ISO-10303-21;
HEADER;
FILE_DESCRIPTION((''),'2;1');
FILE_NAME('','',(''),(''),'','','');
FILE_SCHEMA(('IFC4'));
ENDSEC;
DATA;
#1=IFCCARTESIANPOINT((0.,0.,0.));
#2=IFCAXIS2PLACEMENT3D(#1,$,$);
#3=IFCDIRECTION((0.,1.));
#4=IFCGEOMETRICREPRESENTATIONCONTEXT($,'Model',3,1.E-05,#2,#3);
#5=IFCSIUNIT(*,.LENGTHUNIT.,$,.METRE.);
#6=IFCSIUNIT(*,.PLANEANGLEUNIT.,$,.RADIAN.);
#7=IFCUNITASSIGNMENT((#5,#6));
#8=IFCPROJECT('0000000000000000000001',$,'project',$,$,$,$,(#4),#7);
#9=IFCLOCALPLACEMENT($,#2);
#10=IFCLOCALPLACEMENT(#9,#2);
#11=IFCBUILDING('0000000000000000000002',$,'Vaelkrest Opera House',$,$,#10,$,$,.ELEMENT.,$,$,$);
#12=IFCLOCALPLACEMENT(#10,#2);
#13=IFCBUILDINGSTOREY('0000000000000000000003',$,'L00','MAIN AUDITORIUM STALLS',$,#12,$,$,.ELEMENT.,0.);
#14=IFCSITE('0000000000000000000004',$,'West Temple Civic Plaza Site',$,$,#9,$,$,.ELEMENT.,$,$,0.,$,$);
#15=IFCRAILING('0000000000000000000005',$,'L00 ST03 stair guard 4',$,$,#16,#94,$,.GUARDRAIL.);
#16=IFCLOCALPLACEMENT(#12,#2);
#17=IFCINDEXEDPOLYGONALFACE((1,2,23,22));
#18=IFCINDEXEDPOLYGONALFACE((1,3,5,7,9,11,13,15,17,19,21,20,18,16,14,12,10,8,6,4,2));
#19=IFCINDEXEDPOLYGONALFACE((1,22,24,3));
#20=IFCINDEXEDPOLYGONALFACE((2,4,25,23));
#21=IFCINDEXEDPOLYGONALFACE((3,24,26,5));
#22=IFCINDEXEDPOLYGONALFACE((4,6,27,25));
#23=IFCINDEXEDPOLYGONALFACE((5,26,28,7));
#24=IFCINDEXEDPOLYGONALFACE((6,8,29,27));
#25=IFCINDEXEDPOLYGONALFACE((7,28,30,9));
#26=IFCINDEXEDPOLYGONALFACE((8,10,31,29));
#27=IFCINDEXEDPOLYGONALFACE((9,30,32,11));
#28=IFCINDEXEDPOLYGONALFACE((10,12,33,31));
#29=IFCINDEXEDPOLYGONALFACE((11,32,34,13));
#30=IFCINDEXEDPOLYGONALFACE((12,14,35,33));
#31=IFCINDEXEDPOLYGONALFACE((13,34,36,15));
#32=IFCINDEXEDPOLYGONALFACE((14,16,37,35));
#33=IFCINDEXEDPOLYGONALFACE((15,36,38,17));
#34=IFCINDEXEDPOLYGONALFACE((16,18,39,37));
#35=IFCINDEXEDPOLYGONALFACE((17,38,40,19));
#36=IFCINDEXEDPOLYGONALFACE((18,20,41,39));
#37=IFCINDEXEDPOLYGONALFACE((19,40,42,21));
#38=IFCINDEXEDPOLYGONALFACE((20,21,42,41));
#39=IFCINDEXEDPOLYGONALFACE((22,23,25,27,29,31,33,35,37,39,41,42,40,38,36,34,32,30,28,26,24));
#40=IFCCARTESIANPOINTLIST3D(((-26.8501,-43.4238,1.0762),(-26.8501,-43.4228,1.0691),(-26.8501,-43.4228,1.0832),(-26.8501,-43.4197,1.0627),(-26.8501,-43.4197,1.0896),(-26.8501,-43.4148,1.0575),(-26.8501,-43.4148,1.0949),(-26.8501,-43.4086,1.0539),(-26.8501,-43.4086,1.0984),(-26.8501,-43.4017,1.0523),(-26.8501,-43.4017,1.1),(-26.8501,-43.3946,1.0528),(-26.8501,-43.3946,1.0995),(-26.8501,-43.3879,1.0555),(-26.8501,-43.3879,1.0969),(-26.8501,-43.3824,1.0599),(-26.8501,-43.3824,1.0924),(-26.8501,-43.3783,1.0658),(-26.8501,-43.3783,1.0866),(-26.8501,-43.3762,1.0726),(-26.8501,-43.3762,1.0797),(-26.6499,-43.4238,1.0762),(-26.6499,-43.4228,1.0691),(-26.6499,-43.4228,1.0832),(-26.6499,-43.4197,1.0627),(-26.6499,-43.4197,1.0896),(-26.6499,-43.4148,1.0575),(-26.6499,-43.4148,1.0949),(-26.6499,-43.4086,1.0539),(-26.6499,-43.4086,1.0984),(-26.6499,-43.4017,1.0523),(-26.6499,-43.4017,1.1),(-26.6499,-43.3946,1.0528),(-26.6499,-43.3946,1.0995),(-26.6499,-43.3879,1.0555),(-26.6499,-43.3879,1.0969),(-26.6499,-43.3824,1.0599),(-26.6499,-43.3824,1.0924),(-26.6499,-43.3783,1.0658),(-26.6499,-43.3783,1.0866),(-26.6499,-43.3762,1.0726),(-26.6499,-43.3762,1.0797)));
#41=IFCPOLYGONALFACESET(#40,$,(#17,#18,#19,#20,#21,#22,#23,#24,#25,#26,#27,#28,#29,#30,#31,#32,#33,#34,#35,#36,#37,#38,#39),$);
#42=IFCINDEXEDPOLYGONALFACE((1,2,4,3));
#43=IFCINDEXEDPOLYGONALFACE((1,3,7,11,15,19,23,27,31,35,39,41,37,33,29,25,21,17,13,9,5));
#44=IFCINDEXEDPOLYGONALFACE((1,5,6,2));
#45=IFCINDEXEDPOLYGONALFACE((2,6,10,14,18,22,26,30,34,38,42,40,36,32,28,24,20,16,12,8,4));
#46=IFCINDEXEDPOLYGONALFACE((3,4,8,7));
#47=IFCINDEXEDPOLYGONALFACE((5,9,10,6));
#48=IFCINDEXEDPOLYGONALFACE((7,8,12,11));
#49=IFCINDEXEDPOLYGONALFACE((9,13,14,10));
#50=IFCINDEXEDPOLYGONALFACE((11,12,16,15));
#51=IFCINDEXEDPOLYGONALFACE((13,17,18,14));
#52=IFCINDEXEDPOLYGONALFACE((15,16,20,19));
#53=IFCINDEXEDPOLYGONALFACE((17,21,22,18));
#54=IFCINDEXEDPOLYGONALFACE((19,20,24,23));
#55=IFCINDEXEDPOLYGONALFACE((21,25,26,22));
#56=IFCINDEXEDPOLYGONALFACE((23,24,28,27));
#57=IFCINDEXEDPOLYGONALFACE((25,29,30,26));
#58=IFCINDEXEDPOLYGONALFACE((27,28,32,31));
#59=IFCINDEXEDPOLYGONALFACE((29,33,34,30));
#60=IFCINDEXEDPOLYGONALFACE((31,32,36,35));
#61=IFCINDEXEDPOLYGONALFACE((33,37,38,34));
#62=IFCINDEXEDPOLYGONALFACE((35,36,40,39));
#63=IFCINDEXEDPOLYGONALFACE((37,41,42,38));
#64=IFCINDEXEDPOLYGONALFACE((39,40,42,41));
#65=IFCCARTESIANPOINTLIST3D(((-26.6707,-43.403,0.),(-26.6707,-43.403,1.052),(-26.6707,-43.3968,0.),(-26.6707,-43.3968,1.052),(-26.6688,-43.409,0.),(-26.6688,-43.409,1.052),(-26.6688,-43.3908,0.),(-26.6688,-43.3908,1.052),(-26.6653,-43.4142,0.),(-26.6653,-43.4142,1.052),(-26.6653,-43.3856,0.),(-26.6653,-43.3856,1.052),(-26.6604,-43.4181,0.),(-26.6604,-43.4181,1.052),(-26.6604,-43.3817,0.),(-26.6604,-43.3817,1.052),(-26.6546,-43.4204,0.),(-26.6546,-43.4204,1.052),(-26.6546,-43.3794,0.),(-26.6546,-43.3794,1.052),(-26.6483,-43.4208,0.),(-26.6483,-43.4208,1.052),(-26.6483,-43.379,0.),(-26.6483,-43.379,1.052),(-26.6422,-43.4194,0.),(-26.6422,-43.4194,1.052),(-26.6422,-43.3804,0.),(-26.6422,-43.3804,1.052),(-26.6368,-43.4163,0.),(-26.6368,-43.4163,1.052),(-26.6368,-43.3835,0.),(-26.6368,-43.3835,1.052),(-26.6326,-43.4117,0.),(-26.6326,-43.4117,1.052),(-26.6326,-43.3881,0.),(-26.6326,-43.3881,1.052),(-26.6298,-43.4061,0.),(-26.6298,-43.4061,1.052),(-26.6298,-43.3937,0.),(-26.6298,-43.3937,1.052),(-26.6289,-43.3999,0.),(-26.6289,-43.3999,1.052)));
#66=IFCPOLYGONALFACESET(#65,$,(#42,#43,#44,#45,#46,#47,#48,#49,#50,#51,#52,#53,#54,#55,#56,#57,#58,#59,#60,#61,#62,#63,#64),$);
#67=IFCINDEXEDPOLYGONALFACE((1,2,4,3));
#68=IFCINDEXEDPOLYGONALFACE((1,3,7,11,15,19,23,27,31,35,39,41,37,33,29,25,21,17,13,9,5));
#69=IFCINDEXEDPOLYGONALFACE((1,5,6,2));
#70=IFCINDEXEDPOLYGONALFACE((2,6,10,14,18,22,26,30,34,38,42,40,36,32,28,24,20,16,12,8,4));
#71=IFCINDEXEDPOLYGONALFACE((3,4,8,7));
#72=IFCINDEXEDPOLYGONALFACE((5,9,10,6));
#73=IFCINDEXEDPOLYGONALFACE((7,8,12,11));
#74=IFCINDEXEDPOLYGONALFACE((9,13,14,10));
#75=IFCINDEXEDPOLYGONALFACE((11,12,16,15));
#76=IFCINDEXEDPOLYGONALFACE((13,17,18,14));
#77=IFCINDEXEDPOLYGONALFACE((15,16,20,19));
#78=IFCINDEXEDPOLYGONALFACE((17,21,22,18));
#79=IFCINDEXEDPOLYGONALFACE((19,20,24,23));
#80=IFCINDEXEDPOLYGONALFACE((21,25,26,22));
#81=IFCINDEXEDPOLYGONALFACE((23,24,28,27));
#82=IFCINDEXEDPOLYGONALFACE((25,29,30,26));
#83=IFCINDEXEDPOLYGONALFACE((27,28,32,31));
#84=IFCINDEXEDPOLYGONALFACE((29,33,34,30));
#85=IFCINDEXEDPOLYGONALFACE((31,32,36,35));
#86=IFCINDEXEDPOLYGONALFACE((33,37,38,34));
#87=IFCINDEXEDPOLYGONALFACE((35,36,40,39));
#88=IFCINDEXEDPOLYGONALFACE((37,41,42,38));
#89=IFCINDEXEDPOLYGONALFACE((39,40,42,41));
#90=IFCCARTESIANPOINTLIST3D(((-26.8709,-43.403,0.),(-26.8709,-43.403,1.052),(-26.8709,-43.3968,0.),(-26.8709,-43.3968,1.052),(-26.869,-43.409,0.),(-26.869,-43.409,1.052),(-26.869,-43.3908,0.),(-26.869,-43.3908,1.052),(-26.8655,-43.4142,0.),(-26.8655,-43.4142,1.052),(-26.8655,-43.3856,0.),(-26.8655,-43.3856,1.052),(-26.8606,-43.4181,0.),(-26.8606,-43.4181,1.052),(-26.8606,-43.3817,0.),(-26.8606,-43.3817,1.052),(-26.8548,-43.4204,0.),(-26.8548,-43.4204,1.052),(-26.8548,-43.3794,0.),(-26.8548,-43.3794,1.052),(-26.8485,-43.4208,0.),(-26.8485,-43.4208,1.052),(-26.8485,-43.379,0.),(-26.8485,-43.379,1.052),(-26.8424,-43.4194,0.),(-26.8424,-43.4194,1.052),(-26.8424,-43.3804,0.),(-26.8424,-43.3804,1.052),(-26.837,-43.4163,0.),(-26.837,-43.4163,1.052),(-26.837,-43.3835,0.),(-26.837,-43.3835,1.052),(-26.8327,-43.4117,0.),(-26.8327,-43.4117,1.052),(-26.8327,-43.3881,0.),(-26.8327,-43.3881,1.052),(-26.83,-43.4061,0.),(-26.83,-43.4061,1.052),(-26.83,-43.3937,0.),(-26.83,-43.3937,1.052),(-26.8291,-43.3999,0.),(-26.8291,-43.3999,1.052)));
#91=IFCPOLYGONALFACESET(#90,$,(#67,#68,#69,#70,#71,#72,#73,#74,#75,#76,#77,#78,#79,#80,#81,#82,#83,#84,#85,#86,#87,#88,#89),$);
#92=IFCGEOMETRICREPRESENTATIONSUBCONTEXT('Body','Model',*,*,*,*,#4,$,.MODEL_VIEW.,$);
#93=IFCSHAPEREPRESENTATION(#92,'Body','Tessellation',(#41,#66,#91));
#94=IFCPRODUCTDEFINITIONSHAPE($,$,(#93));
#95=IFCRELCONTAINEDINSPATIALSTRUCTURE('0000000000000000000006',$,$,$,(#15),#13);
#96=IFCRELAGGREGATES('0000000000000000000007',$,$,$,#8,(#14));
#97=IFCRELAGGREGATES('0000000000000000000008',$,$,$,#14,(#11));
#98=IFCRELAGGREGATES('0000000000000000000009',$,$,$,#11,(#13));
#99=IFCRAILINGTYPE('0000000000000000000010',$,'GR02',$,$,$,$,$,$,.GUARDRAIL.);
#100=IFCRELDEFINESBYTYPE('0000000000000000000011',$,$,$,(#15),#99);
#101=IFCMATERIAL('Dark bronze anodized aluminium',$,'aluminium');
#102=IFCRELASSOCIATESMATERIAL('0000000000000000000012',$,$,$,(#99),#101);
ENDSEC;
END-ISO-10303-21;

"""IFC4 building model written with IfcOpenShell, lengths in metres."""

from ifc_helpers import new_model, si_unit, direction, frame, origin, origin_2d, place, context, subcontext, project, spatial, circle, extrude, material, type_object, element, save


model = new_model("IFC4")

# Units and contexts
model_context = context("Model", 3, precision=1e-05, world=origin(), true_north=direction((0.0, 1.0)))
body_context = subcontext(model_context, "Body", "Model", "MODEL_VIEW")
ifc_project = project(units=[si_unit("LENGTHUNIT", "METRE"), si_unit("PLANEANGLEUNIT", "RADIAN")], contexts=[model_context])

# Site, building, storey
site_placement = place(None, origin())
site = spatial("IfcSite", under=ifc_project, at=site_placement, Name="West Temple Civic Plaza Site", CompositionType="ELEMENT", RefElevation=0.0)
building_placement = place(site_placement, origin())
building = spatial("IfcBuilding", under=site, at=building_placement, Name="Vaelkrest Opera House", CompositionType="ELEMENT")
storey_placement = place(building_placement, origin())
storey = spatial("IfcBuildingStorey", under=building, at=storey_placement, Name="L00", Description="MAIN AUDITORIUM STALLS", CompositionType="ELEMENT", Elevation=0.0)

# Shared definitions
ifc_material_1 = material(Name="Dark bronze anodized aluminium", Category="aluminium")

# Railing
railing_type_1 = type_object("IfcRailingType", Name="GR02", PredefinedType="GUARDRAIL", material=ifc_material_1)
railing_1_placement = place(storey_placement, frame((-26.6499, -43.3999, 0.0)))
element("IfcRailing", 1, at=railing_1_placement, inside=storey, type_object=railing_type_1, Name="L00 ST03 stair guard 4", PredefinedType="GUARDRAIL", context=body_context, shape_type="SweptSolid", body=[
    extrude(circle(Radius=0.0239, at=origin_2d()), frame((0.0, 0.0, 1.0762), z_axis=(-1.0, 0.0, 0.0), x_axis=(0.0, -1.0, 0.0)), (0.0, 0.0, 1.0), 0.2002),
    extrude(circle(Radius=0.021, at=origin_2d()), origin(), (0.0, 0.0, 1.0), 1.052),
    extrude(circle(Radius=0.021, at=origin_2d()), frame((-0.2002, 0.0, 0.0)), (0.0, 0.0, 1.0), 1.052),
])

save(model, "model.ifc")
